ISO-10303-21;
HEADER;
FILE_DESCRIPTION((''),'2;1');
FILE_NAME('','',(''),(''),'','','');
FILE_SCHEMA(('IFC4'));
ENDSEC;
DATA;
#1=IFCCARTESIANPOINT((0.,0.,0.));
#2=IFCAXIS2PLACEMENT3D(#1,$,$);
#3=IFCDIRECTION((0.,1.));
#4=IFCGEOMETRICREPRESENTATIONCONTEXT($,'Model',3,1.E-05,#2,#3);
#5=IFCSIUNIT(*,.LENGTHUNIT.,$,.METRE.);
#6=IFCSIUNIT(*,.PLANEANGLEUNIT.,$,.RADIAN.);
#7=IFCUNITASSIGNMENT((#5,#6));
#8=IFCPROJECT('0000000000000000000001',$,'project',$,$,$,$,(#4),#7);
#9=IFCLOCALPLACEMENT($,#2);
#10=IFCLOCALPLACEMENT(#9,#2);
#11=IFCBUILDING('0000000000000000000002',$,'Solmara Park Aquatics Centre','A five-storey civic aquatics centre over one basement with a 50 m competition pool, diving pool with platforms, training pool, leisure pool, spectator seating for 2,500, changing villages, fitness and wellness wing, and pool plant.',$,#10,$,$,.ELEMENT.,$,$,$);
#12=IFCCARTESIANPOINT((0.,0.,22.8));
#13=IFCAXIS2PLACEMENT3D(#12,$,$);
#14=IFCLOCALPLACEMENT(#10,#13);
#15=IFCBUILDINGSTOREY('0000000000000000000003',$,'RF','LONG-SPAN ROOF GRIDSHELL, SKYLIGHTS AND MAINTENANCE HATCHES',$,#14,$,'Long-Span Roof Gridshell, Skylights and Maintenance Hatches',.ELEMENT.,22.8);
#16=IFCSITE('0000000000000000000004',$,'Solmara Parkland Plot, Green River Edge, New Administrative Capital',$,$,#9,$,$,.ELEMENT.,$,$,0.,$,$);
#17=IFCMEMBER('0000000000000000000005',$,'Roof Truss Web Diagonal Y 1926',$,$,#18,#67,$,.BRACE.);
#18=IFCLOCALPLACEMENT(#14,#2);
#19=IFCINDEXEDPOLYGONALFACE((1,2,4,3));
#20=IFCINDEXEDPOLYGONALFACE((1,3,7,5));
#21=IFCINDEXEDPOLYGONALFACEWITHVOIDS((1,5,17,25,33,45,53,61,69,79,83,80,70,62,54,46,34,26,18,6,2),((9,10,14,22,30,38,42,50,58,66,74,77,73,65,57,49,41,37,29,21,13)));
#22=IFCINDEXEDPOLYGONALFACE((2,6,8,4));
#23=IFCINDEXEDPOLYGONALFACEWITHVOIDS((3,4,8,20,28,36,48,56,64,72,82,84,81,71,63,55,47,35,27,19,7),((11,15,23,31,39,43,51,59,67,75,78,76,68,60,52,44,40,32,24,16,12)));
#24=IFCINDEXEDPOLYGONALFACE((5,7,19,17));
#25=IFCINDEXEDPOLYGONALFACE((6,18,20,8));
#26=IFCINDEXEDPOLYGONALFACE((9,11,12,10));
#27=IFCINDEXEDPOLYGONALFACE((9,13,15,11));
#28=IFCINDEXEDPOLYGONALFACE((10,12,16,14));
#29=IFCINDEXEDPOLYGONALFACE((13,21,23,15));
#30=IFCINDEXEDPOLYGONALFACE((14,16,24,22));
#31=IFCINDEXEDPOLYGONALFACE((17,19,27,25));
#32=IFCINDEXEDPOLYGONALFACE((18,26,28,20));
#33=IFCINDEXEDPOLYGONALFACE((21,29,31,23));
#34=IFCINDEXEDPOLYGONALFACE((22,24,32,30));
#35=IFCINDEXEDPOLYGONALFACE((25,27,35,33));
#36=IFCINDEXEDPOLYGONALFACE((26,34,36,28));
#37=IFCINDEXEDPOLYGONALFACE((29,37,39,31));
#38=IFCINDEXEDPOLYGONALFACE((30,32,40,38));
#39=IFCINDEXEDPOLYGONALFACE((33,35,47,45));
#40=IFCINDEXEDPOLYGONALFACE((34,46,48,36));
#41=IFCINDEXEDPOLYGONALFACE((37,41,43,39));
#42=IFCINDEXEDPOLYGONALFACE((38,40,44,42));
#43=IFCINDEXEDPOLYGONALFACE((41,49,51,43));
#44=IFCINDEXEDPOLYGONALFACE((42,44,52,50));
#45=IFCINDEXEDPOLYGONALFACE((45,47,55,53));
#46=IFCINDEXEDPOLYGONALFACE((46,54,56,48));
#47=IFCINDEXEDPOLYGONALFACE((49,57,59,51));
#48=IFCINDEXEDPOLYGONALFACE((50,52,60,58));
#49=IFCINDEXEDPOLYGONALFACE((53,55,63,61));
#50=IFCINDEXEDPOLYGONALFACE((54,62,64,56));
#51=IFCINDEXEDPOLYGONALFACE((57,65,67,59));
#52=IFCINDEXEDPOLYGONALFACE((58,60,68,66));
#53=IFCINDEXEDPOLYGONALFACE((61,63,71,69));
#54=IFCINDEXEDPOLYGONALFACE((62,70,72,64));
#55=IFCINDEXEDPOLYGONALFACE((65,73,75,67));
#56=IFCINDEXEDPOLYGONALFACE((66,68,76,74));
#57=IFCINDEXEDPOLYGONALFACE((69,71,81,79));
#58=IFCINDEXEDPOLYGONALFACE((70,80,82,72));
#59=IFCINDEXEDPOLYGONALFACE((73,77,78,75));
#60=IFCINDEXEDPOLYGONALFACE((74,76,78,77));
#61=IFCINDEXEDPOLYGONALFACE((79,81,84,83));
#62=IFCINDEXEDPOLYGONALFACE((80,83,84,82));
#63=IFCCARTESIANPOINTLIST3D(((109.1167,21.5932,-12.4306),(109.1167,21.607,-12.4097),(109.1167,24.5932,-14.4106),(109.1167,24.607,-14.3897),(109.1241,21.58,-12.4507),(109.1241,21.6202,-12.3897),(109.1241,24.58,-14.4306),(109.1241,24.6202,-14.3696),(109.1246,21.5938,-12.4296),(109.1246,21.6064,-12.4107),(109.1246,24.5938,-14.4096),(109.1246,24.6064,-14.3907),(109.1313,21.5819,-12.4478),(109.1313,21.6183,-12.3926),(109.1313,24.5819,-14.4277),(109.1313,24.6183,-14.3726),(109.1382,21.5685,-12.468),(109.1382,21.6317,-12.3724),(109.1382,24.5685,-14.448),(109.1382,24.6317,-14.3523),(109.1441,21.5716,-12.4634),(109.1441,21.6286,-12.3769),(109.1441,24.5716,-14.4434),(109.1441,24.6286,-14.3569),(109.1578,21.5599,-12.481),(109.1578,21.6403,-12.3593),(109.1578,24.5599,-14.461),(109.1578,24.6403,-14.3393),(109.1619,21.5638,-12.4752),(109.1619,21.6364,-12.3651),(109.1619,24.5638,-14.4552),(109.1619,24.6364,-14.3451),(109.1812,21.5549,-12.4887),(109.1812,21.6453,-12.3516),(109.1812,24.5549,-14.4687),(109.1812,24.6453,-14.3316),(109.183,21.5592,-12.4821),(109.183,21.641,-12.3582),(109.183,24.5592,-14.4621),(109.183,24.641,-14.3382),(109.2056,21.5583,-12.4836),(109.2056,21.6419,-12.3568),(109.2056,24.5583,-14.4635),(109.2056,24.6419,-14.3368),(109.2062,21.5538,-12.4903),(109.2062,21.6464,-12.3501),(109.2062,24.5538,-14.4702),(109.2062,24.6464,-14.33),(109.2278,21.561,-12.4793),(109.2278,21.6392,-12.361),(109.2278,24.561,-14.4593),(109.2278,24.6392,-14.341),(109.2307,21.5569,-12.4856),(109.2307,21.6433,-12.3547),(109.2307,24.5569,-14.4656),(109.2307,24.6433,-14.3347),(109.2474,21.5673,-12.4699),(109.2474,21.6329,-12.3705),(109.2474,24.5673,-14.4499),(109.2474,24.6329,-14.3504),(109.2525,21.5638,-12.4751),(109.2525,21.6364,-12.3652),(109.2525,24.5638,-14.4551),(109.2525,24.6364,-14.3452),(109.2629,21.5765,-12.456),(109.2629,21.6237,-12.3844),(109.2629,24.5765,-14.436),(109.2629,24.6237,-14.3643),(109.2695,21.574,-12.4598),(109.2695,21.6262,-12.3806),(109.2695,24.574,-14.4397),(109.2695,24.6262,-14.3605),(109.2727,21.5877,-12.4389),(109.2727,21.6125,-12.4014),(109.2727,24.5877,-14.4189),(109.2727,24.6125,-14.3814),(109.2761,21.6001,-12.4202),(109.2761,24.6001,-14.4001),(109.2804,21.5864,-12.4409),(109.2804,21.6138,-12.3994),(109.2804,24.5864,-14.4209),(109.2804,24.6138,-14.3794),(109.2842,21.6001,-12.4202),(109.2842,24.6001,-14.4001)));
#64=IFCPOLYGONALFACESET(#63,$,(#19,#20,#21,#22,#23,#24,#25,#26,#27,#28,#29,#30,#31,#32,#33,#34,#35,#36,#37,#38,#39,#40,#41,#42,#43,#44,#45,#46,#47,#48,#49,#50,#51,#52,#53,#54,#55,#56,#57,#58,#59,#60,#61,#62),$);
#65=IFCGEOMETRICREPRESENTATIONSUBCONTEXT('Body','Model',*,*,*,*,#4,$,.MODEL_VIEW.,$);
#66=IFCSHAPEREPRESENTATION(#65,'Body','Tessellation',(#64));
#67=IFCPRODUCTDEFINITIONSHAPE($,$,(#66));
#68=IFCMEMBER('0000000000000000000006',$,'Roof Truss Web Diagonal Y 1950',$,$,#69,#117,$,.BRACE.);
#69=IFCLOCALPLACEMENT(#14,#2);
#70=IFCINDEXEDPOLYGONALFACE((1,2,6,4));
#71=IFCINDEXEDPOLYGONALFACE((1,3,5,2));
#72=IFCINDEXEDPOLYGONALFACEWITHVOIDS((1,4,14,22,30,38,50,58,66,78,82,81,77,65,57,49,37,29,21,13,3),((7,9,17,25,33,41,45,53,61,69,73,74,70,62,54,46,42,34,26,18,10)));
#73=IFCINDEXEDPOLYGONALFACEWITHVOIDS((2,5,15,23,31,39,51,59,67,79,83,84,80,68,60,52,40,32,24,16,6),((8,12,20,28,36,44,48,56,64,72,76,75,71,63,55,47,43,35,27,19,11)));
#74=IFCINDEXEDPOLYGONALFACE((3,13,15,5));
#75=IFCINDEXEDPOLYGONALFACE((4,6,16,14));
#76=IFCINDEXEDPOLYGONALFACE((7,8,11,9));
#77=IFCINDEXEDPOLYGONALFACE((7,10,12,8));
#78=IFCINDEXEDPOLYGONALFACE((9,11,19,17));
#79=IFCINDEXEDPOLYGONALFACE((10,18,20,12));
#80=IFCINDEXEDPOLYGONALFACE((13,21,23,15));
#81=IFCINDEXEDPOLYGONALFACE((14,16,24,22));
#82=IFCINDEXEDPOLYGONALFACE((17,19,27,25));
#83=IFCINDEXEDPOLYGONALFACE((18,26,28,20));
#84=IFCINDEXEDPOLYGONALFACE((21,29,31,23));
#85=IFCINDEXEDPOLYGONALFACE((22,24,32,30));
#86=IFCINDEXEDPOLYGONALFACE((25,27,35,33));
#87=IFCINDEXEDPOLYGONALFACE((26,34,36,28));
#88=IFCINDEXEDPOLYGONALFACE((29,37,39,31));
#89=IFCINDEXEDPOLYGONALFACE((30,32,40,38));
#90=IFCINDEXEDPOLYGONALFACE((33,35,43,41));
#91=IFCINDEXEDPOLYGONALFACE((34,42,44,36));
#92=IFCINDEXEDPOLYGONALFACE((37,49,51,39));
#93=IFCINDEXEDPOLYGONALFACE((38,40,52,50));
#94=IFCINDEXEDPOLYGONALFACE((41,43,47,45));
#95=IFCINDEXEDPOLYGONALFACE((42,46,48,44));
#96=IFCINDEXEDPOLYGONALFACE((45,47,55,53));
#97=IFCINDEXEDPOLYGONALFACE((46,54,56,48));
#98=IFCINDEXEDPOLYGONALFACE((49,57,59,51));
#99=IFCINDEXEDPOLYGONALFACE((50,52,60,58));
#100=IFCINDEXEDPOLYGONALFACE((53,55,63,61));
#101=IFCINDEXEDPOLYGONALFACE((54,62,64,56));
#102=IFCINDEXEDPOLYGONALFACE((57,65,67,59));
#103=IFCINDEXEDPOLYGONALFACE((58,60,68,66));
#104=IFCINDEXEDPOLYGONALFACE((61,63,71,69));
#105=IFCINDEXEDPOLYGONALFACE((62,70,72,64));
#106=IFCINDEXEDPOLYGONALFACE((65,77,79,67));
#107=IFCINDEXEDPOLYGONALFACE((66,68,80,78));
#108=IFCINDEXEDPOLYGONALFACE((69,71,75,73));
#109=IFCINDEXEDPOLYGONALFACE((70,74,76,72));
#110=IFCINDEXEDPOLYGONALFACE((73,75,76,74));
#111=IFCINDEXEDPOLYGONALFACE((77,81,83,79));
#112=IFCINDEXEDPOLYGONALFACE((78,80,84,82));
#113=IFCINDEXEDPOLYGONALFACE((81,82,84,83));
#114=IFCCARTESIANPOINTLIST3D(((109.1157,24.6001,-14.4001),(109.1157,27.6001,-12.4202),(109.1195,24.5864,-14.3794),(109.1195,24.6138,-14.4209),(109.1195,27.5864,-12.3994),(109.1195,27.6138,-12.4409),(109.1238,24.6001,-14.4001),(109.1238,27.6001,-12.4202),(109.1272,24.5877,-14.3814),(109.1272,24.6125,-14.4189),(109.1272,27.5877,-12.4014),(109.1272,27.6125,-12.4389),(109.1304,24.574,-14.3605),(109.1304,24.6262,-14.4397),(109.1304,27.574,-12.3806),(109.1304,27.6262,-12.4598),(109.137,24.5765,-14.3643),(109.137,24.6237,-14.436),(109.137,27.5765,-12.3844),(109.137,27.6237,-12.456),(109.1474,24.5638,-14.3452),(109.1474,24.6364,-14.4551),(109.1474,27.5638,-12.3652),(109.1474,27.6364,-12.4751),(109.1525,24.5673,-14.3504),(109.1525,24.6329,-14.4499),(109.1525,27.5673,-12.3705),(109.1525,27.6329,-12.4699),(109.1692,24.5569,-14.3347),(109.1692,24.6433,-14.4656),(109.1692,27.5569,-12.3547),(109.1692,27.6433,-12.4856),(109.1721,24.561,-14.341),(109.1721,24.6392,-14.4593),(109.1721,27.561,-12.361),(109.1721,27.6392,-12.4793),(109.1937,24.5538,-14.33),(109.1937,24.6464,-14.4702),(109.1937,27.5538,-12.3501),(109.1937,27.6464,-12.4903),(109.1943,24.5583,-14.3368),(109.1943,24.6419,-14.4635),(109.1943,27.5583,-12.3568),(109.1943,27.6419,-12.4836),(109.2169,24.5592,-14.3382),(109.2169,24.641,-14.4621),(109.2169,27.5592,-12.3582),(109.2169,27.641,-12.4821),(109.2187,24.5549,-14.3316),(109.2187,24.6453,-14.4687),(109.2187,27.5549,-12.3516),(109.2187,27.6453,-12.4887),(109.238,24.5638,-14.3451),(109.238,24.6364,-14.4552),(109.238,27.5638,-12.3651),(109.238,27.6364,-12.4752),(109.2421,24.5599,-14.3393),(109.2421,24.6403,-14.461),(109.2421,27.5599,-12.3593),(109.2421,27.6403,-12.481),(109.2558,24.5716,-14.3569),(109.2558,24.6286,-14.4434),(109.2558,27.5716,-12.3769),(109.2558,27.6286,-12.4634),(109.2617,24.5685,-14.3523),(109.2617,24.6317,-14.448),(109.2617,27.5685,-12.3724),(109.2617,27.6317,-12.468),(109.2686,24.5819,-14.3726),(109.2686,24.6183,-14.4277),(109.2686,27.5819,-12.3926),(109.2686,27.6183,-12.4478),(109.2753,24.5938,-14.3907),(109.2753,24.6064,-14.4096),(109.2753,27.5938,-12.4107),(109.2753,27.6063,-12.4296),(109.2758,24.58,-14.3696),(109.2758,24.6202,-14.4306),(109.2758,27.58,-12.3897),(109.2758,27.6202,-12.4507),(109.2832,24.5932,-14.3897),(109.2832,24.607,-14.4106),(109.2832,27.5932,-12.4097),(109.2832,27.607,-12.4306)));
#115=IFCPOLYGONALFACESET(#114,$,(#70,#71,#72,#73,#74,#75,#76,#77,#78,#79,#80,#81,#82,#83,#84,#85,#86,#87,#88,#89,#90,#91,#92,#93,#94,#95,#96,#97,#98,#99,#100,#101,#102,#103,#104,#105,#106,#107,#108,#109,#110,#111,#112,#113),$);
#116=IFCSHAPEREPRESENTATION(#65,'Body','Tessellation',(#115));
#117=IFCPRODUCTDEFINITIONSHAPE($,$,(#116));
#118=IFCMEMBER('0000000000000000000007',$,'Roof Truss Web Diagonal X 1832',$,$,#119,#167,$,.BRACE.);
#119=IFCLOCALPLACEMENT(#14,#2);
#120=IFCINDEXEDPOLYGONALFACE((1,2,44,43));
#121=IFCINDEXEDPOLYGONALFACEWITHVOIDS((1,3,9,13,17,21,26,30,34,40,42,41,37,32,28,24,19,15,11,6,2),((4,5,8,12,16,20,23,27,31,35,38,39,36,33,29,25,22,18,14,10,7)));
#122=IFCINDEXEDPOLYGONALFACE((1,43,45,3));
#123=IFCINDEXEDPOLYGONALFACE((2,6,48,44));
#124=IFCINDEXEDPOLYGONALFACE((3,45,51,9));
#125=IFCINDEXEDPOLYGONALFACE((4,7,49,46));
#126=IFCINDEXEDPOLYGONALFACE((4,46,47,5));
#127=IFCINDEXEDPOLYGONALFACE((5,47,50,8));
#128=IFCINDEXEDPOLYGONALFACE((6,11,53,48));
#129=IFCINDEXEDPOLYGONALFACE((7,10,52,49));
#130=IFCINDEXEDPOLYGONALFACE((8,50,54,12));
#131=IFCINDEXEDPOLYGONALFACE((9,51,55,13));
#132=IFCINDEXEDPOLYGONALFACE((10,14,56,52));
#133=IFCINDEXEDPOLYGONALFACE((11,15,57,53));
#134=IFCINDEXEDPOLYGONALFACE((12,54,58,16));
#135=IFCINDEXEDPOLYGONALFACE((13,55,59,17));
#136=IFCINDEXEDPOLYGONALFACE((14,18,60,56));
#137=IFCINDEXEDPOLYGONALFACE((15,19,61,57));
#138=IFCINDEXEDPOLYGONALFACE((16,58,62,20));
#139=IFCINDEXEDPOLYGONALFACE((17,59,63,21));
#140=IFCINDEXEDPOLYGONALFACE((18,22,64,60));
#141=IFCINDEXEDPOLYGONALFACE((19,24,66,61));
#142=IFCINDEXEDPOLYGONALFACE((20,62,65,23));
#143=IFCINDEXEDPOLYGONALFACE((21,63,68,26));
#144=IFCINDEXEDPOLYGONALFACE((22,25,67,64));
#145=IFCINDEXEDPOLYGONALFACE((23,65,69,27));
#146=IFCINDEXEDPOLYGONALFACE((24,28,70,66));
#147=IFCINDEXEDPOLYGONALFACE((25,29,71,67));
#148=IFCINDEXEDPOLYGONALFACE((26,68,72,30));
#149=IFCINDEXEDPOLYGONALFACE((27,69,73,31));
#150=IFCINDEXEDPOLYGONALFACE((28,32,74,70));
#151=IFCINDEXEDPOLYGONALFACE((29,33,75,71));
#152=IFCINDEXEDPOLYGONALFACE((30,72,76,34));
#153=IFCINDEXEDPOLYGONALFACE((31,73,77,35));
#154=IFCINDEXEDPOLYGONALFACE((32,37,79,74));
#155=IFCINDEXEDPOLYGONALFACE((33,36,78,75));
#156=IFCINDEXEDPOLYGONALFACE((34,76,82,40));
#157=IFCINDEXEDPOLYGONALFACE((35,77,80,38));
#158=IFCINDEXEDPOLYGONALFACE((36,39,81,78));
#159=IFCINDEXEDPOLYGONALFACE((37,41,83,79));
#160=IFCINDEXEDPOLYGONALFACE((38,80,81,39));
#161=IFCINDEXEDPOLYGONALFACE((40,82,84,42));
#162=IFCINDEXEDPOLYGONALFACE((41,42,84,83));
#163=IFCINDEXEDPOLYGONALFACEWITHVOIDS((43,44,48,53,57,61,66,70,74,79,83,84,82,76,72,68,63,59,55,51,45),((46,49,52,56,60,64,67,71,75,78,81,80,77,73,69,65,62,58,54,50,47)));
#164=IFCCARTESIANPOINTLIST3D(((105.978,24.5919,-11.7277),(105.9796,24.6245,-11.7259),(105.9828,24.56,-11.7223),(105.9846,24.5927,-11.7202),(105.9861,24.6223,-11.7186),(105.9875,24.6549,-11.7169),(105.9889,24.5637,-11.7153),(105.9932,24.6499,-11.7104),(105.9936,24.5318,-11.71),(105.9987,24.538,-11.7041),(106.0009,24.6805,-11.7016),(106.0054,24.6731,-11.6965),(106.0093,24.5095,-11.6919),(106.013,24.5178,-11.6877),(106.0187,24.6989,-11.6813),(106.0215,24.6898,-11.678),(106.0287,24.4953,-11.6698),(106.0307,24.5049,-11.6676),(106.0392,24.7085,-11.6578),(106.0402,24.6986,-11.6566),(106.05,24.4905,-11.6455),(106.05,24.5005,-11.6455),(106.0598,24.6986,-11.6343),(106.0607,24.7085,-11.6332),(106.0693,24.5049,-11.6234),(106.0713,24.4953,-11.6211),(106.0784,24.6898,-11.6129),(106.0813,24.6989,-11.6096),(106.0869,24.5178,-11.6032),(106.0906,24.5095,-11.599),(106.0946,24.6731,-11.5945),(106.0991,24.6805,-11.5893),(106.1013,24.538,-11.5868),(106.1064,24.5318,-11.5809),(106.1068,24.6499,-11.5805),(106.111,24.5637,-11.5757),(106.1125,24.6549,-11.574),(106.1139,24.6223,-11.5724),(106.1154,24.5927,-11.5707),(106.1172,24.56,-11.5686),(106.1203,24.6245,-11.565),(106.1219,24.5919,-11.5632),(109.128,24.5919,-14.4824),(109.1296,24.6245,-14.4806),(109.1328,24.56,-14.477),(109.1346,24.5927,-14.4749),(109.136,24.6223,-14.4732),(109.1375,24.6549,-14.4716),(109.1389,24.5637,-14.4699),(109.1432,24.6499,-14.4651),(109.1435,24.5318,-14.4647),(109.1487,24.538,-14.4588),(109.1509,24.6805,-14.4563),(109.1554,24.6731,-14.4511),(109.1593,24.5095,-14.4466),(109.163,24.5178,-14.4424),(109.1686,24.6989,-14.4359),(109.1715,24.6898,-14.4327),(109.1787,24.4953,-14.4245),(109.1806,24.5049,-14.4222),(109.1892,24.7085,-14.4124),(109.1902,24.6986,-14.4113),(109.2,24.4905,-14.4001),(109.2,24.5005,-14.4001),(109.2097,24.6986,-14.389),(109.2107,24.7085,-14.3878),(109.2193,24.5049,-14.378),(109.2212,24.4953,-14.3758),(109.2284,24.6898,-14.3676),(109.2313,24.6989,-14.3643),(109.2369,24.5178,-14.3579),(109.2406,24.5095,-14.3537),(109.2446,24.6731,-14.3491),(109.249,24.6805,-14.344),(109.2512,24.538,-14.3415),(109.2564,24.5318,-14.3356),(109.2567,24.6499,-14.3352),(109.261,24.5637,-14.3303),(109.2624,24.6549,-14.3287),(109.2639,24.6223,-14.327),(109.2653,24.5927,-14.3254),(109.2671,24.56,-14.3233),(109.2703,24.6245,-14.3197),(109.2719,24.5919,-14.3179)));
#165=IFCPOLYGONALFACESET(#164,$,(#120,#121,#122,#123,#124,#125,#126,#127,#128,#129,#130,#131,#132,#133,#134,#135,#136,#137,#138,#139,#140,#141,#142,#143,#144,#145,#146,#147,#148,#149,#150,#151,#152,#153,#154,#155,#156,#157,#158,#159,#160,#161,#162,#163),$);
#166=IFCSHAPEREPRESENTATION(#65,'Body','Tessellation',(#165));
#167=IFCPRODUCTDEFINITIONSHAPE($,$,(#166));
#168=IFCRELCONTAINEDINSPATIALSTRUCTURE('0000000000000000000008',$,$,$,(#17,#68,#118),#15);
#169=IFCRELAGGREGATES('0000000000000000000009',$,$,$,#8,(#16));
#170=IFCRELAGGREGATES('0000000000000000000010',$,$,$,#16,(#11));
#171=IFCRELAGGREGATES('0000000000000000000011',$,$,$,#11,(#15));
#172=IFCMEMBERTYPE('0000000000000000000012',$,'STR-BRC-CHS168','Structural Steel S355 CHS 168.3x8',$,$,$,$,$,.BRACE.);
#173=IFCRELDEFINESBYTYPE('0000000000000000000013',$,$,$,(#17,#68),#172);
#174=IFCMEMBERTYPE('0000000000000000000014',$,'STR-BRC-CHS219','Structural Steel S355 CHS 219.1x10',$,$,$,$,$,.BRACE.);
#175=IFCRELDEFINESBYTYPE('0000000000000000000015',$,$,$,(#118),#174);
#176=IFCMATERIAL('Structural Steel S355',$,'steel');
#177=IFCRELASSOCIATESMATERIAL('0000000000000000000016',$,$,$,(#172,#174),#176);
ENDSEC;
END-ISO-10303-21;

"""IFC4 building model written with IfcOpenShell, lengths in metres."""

from ifc_helpers import new_model, si_unit, direction, frame, origin, origin_2d, place, context, subcontext, project, spatial, hollow_circle, extrude, material, material_profile, profile_set, type_object, element, save


model = new_model("IFC4")

# Units and contexts
model_context = context("Model", 3, precision=1e-05, world=origin(), true_north=direction((0.0, 1.0)))
body_context = subcontext(model_context, "Body", "Model", "MODEL_VIEW")
ifc_project = project(units=[si_unit("LENGTHUNIT", "METRE"), si_unit("PLANEANGLEUNIT", "RADIAN")], contexts=[model_context])

# Site, building, storey
site_placement = place(None, origin())
site = spatial("IfcSite", under=ifc_project, at=site_placement, Name="Solmara Parkland Plot, Green River Edge, New Administrative Capital", CompositionType="ELEMENT", RefElevation=0.0)
building_placement = place(site_placement, origin())
building = spatial("IfcBuilding", under=site, at=building_placement, Name="Solmara Park Aquatics Centre", Description="A five-storey civic aquatics centre over one basement with a 50 m competition pool, diving pool with platforms, training pool, leisure pool, spectator seating for 2,500, changing villages, fitness and wellness wing, and pool plant.", CompositionType="ELEMENT")
storey_placement = place(building_placement, frame((0.0, 0.0, 22.8)))
storey = spatial("IfcBuildingStorey", under=building, at=storey_placement, Name="RF", Description="LONG-SPAN ROOF GRIDSHELL, SKYLIGHTS AND MAINTENANCE HATCHES", LongName="Long-Span Roof Gridshell, Skylights and Maintenance Hatches", CompositionType="ELEMENT", Elevation=22.8)

# Shared definitions
ifc_material_1 = material(Name="Structural Steel S355", Category="steel")

# Members
ifc_material_profile_1 = material_profile(ifc_material_1, hollow_circle(Radius=0.0842, WallThickness=0.0081, at=origin_2d()), Name="CHS 168.3x8")
ifc_profile_set_1 = profile_set([ifc_material_profile_1], Name="Structural Steel S355")
member_type_1 = type_object("IfcMemberType", Name="STR-BRC-CHS168", Description="Structural Steel S355 CHS 168.3x8", PredefinedType="BRACE", material=ifc_profile_set_1)
for number, where, z_axis, x_axis, name in (
    (1, (109.2, 24.6001, -14.4001), (0.0, -0.834612, 0.550838), (1.0, 0.0, 0.0), "Roof Truss Web Diagonal Y 1926"),
    (2, (109.2, 24.6001, -14.4001), (0.0, 0.834612, 0.550838), (-1.0, 0.0, 0.0), "Roof Truss Web Diagonal Y 1950"),
):
    element("IfcMember", number, at=place(storey_placement, frame(where, z_axis=z_axis, x_axis=x_axis)), inside=storey, type_object=member_type_1, Name=name, PredefinedType="BRACE", context=body_context, shape_type="SweptSolid", body=[
        extrude(hollow_circle(Radius=0.0842, WallThickness=0.0081, at=origin_2d()), origin(), (0.0, 0.0, 1.0), 3.5945),
    ])
ifc_material_profile_2 = material_profile(ifc_material_1, hollow_circle(Radius=0.1096, WallThickness=0.01, at=origin_2d()), Name="CHS 219.1x10")
ifc_profile_set_2 = profile_set([ifc_material_profile_2], Name="Structural Steel S355")
member_type_2 = type_object("IfcMemberType", Name="STR-BRC-CHS219", Description="Structural Steel S355 CHS 219.1x10", PredefinedType="BRACE", material=ifc_profile_set_2)
member_1_placement = place(storey_placement, frame((109.2, 24.6001, -14.4001), z_axis=(-0.752757, 0.0, 0.658298), x_axis=(0.0, -1.0, 0.0)))
element("IfcMember", 3, at=member_1_placement, inside=storey, type_object=member_type_2, Name="Roof Truss Web Diagonal X 1832", PredefinedType="BRACE", context=body_context, shape_type="SweptSolid", body=[
    extrude(hollow_circle(Radius=0.1096, WallThickness=0.01, at=origin_2d()), origin(), (0.0, 0.0, 1.0), 4.1846),
])

save(model, "model.ifc")
